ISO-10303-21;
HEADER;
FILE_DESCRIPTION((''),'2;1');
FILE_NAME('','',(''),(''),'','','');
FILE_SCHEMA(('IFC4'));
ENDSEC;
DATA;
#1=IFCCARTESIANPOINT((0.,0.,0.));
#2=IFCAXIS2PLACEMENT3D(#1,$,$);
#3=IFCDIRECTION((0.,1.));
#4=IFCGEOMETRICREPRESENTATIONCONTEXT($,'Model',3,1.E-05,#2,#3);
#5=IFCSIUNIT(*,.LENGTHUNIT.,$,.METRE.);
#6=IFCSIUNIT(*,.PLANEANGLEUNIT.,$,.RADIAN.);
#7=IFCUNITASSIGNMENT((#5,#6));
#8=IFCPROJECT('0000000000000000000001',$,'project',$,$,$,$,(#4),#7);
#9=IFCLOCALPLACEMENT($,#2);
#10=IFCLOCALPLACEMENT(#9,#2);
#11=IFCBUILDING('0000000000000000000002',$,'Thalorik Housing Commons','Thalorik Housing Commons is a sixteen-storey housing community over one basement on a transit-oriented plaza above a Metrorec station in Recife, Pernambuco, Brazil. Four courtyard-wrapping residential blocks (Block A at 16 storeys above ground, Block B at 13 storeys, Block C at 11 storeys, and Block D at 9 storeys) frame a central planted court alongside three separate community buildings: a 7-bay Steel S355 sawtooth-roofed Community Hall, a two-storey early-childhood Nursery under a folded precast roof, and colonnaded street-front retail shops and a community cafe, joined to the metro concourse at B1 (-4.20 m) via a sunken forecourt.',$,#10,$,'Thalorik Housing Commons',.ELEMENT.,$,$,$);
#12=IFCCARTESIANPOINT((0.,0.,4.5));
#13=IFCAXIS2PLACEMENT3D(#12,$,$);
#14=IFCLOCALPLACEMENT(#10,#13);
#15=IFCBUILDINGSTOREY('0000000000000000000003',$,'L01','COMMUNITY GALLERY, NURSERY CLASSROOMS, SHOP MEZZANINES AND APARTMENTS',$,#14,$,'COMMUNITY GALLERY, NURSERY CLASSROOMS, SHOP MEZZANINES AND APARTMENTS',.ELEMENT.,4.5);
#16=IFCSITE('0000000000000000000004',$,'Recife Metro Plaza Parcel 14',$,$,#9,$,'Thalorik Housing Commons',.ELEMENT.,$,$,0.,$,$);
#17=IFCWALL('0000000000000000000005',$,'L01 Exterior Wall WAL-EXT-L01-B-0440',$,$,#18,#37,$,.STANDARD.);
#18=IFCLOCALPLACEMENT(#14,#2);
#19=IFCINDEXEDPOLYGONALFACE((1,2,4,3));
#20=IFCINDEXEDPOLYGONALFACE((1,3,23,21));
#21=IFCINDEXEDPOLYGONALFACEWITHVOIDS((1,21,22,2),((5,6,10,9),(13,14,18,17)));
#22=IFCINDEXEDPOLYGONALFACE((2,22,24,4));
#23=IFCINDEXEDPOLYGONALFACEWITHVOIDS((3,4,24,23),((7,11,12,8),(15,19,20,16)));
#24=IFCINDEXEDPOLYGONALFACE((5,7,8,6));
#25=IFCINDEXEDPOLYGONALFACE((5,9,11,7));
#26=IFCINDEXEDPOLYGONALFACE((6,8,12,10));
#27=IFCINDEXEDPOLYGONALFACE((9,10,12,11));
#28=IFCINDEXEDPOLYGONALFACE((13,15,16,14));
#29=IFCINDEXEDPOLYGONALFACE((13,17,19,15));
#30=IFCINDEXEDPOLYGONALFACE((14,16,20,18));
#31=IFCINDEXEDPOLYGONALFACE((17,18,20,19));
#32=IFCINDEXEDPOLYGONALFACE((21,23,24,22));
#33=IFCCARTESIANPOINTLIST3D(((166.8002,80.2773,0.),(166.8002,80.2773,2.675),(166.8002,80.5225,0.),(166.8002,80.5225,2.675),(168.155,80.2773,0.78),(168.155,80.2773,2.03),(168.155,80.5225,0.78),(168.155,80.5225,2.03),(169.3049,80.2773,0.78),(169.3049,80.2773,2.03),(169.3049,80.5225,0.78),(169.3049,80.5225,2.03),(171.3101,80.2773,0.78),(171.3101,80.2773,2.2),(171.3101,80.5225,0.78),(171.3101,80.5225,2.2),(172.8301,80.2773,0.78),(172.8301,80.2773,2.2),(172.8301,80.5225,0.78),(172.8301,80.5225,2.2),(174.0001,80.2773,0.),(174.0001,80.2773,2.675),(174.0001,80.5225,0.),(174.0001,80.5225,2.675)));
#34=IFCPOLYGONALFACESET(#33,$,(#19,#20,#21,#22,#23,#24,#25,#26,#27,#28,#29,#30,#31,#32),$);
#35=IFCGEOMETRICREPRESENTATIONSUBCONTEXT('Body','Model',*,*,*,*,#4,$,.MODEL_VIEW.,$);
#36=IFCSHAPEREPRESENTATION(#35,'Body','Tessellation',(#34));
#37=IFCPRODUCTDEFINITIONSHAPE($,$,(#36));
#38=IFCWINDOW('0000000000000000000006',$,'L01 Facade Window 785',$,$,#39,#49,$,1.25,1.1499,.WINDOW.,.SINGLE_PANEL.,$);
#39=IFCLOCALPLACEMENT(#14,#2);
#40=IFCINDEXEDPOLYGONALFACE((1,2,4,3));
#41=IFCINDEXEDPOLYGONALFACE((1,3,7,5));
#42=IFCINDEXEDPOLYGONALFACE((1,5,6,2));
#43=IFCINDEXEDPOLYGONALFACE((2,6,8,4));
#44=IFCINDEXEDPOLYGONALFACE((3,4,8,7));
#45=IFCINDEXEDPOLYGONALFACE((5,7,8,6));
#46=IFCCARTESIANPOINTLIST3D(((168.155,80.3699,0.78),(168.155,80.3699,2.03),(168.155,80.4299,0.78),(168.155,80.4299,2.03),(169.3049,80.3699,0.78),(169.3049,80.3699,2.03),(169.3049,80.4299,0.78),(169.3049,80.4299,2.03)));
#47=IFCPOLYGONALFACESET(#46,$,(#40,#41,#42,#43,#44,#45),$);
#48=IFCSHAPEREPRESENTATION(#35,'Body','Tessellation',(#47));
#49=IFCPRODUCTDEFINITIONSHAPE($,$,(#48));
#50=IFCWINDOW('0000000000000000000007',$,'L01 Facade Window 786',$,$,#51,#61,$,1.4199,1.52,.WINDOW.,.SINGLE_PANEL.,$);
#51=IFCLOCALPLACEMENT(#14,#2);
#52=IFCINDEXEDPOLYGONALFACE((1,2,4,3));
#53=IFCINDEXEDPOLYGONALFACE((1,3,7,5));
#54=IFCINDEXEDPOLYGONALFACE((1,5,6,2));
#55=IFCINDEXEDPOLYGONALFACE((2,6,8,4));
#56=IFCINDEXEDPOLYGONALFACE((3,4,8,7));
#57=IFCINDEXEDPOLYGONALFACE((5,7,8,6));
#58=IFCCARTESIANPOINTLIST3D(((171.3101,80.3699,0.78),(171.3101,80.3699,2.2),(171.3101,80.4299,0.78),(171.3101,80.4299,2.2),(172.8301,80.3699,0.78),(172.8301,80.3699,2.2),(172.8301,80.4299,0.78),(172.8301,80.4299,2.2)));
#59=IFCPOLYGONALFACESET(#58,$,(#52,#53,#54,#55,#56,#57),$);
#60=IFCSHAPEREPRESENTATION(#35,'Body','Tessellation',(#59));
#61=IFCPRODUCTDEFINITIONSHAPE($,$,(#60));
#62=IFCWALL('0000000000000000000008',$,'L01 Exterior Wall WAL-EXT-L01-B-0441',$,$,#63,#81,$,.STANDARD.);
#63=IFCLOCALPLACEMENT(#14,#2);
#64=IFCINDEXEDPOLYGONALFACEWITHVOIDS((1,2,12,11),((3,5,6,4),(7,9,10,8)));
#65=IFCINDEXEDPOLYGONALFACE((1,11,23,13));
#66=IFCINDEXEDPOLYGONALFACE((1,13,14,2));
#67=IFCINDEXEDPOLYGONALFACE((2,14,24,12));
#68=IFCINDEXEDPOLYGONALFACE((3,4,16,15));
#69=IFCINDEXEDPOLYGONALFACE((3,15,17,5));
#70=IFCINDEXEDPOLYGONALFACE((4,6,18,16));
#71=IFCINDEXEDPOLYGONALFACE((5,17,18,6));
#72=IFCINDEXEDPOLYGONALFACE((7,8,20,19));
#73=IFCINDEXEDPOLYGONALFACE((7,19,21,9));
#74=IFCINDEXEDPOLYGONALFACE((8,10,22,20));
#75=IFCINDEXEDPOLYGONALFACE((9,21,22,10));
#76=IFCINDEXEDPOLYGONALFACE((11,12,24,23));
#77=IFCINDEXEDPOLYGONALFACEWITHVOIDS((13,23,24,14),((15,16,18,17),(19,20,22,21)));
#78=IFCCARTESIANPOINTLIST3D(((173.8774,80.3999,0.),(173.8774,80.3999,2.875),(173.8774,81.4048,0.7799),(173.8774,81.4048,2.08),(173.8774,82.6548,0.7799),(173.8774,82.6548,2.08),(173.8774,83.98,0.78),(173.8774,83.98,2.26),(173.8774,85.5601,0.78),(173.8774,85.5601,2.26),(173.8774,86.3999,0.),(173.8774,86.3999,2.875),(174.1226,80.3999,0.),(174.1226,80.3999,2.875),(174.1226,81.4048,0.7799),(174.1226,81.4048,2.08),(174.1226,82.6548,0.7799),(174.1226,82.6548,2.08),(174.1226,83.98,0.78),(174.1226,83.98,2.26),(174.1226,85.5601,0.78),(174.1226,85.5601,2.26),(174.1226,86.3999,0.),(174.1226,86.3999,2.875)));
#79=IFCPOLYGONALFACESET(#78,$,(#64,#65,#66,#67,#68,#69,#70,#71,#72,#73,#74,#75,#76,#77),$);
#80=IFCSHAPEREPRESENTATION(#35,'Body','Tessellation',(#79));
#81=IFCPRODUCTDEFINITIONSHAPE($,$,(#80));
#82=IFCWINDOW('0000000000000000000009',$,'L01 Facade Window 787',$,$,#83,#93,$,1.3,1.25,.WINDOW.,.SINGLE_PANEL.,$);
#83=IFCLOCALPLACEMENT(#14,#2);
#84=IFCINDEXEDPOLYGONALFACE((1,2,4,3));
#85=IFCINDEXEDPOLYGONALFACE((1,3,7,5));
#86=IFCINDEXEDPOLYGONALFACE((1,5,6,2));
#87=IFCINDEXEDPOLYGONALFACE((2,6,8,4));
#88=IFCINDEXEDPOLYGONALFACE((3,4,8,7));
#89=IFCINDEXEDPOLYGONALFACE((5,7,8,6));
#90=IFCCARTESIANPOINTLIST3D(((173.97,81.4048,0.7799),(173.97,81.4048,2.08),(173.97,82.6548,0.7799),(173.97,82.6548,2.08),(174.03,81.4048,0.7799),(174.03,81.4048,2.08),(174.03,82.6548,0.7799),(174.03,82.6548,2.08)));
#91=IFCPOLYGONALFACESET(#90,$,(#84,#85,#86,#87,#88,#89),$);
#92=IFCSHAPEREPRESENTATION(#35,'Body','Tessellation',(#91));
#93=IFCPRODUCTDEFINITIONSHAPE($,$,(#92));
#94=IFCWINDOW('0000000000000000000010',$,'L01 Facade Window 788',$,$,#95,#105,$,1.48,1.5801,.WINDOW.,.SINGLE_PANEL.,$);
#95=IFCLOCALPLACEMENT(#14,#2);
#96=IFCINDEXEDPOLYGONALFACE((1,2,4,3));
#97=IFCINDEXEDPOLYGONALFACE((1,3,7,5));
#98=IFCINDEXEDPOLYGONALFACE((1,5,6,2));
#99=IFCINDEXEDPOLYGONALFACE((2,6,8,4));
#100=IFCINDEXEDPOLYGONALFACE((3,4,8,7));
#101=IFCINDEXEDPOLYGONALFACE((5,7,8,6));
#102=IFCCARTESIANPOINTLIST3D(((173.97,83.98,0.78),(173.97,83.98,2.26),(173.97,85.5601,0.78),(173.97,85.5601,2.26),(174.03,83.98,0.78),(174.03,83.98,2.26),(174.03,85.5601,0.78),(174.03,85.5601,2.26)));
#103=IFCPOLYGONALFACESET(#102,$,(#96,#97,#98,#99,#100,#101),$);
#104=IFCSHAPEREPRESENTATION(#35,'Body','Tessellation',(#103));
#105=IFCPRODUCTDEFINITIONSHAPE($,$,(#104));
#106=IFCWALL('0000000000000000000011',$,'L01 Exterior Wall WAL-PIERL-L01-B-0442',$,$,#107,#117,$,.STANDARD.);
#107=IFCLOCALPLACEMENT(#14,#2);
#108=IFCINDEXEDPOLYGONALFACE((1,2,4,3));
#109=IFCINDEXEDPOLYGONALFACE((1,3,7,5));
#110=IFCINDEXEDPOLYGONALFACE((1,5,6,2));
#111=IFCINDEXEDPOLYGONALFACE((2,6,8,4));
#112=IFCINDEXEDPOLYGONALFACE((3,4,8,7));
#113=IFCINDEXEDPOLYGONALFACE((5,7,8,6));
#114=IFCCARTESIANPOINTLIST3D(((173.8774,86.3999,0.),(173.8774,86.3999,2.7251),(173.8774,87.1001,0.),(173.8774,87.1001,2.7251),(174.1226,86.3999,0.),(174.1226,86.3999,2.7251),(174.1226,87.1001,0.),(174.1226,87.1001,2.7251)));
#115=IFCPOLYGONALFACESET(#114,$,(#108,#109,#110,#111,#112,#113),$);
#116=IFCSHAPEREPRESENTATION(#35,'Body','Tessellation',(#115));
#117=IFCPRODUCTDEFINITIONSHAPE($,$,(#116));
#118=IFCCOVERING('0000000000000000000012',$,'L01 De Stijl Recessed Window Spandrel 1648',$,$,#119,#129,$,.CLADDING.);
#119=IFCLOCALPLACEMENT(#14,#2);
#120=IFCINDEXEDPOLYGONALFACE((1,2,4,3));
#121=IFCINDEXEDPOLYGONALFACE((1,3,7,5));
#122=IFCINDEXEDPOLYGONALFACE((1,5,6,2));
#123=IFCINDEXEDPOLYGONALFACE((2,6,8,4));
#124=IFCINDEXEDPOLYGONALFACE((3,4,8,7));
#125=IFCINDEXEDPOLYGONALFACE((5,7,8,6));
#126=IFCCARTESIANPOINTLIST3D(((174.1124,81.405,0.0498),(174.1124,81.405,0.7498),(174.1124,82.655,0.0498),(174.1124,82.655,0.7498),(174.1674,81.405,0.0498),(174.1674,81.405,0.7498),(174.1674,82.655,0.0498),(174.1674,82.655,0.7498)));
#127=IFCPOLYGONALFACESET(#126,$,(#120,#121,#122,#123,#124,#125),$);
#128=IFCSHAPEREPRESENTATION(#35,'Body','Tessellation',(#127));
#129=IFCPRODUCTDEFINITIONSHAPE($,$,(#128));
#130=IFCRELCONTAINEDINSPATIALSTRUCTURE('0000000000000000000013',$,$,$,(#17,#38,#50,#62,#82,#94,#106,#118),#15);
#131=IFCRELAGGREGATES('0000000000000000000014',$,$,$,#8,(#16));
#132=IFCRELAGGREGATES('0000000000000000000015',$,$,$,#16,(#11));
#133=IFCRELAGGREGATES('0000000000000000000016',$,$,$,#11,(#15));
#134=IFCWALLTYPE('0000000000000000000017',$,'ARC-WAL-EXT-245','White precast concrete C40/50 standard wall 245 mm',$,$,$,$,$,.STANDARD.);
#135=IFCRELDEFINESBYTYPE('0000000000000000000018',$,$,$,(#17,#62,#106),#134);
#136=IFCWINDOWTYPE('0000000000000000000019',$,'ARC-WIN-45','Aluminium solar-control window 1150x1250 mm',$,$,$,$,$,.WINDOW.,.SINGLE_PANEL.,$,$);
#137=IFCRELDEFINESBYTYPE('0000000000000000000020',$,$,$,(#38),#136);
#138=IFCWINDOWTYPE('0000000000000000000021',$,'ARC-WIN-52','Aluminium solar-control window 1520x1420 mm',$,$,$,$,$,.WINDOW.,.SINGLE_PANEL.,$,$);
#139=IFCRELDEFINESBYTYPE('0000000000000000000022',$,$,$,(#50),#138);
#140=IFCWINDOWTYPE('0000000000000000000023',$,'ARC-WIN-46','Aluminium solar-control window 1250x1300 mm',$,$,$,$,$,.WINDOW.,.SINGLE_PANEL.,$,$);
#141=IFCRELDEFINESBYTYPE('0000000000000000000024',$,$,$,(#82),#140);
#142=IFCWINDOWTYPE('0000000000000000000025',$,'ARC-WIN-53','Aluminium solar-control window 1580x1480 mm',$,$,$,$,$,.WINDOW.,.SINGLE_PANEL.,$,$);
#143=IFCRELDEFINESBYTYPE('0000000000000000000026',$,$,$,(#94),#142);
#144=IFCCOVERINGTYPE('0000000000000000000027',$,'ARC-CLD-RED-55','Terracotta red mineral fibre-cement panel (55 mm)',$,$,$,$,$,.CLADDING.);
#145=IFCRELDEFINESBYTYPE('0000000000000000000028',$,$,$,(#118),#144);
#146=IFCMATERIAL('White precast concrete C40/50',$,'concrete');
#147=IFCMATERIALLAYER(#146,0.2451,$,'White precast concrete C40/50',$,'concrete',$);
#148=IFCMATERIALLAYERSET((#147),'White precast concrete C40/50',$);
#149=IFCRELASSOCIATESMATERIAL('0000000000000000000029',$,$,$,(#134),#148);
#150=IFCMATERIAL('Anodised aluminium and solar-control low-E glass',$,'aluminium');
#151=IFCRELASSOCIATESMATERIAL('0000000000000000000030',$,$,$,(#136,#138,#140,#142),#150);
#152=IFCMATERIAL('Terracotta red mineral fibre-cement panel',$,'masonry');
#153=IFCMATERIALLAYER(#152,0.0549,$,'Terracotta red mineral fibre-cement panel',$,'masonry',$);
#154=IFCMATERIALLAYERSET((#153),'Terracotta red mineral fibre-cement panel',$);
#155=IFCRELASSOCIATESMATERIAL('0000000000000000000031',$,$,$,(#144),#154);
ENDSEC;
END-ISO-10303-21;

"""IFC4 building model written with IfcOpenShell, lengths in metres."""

from ifc_helpers import new_model, si_unit, direction, frame, frame_2d, origin, origin_2d, place, context, subcontext, project, spatial, rectangle, extrude, material, layer, layer_set, type_object, element, fill, save


model = new_model("IFC4")

# Units and contexts
model_context = context("Model", 3, precision=1e-05, world=origin(), true_north=direction((0.0, 1.0)))
body_context = subcontext(model_context, "Body", "Model", "MODEL_VIEW")
ifc_project = project(units=[si_unit("LENGTHUNIT", "METRE"), si_unit("PLANEANGLEUNIT", "RADIAN")], contexts=[model_context])

# Site, building, storey
site_placement = place(None, origin())
site = spatial("IfcSite", under=ifc_project, at=site_placement, Name="Recife Metro Plaza Parcel 14", LongName="Thalorik Housing Commons", CompositionType="ELEMENT", RefElevation=0.0)
building_placement = place(site_placement, origin())
building = spatial("IfcBuilding", under=site, at=building_placement, Name="Thalorik Housing Commons", Description="Thalorik Housing Commons is a sixteen-storey housing community over one basement on a transit-oriented plaza above a Metrorec station in Recife, Pernambuco, Brazil. Four courtyard-wrapping residential blocks (Block A at 16 storeys above ground, Block B at 13 storeys, Block C at 11 storeys, and Block D at 9 storeys) frame a central planted court alongside three separate community buildings: a 7-bay Steel S355 sawtooth-roofed Community Hall, a two-storey early-childhood Nursery under a folded precast roof, and colonnaded street-front retail shops and a community cafe, joined to the metro concourse at B1 (-4.20 m) via a sunken forecourt.", LongName="Thalorik Housing Commons", CompositionType="ELEMENT")
storey_placement = place(building_placement, frame((0.0, 0.0, 4.5)))
storey = spatial("IfcBuildingStorey", under=building, at=storey_placement, Name="L01", Description="COMMUNITY GALLERY, NURSERY CLASSROOMS, SHOP MEZZANINES AND APARTMENTS", LongName="COMMUNITY GALLERY, NURSERY CLASSROOMS, SHOP MEZZANINES AND APARTMENTS", CompositionType="ELEMENT", Elevation=4.5)

# Shared definitions
ifc_material_1 = material(Name="Anodised aluminium and solar-control low-E glass", Category="aluminium")

# Shared definitions
ifc_material_2 = material(Name="White precast concrete C40/50", Category="concrete")
ifc_layer_1 = layer(ifc_material_2, 0.2451, Name="White precast concrete C40/50", Category="concrete")
ifc_layer_set_1 = layer_set([ifc_layer_1], Name="White precast concrete C40/50")
wall_type = type_object("IfcWallType", Name="ARC-WAL-EXT-245", Description="White precast concrete C40/50 standard wall 245 mm", PredefinedType="STANDARD", material=ifc_layer_set_1)

# Walls, openings, windows
wall_1_placement = place(storey_placement, frame((166.8, 80.3999, 0.0), z_axis=(0.0, 0.0, 1.0), x_axis=(1.0, 0.0, 0.0)))
wall_1 = element("IfcWall", 1, at=wall_1_placement, inside=storey, type_object=wall_type, Name="L01 Exterior Wall WAL-EXT-L01-B-0440", PredefinedType="STANDARD", context=body_context, shape_type="SweptSolid", body=[
    extrude(rectangle(XDim=7.2, YDim=0.2451, at=frame_2d((3.6001, 0.0))), origin(), (0.0, 0.0, 1.0), 2.675),
])
opening_1_placement = place(wall_1_placement, frame((1.355, 0.0, 0.78)))
opening_1 = element("IfcOpeningElement", 2, at=opening_1_placement, cuts=wall_1, PredefinedType="OPENING", context=body_context, shape_type="SweptSolid", body=[
    extrude(rectangle(XDim=1.1499, YDim=1.25, at=frame_2d((0.575, 0.625))), frame((0.0, 0.1326, 0.0), z_axis=(0.0, -1.0, 0.0), x_axis=(1.0, 0.0, 0.0)), (0.0, 0.0, 1.0), 0.2651),
])
opening_2_placement = place(wall_1_placement, frame((4.51, 0.0, 0.78)))
opening_2 = element("IfcOpeningElement", 3, at=opening_2_placement, cuts=wall_1, PredefinedType="OPENING", context=body_context, shape_type="SweptSolid", body=[
    extrude(rectangle(XDim=1.52, YDim=1.4199, at=frame_2d((0.76, 0.71))), frame((0.0, 0.1326, 0.0), z_axis=(0.0, -1.0, 0.0), x_axis=(1.0, 0.0, 0.0)), (0.0, 0.0, 1.0), 0.2651),
])
window_type_1 = type_object("IfcWindowType", Name="ARC-WIN-45", Description="Aluminium solar-control window 1150x1250 mm", PartitioningType="SINGLE_PANEL", PredefinedType="WINDOW", material=ifc_material_1)
window_1_placement = place(opening_1_placement, origin())
window_1 = element("IfcWindow", 4, at=window_1_placement, inside=storey, type_object=window_type_1, Name="L01 Facade Window 785", OverallHeight=1.25, OverallWidth=1.1499, PartitioningType="SINGLE_PANEL", PredefinedType="WINDOW", context=body_context, shape_type="SweptSolid", body=[
    extrude(rectangle(XDim=1.1499, YDim=1.25, at=frame_2d((0.575, 0.625))), frame((0.0, 0.03, 0.0), z_axis=(0.0, -1.0, 0.0), x_axis=(1.0, 0.0, 0.0)), (0.0, 0.0, 1.0), 0.0601),
])
fill(opening_1, window_1)
window_type_2 = type_object("IfcWindowType", Name="ARC-WIN-52", Description="Aluminium solar-control window 1520x1420 mm", PartitioningType="SINGLE_PANEL", PredefinedType="WINDOW", material=ifc_material_1)
window_2_placement = place(opening_2_placement, origin())
window_2 = element("IfcWindow", 5, at=window_2_placement, inside=storey, type_object=window_type_2, Name="L01 Facade Window 786", OverallHeight=1.4199, OverallWidth=1.52, PartitioningType="SINGLE_PANEL", PredefinedType="WINDOW", context=body_context, shape_type="SweptSolid", body=[
    extrude(rectangle(XDim=1.52, YDim=1.4199, at=frame_2d((0.76, 0.71))), frame((0.0, 0.03, 0.0), z_axis=(0.0, -1.0, 0.0), x_axis=(1.0, 0.0, 0.0)), (0.0, 0.0, 1.0), 0.0601),
])
fill(opening_2, window_2)
wall_2_placement = place(storey_placement, frame((174.0, 80.3999, 0.0), z_axis=(0.0, 0.0, 1.0), x_axis=(0.0, 1.0, 0.0)))
wall_2 = element("IfcWall", 6, at=wall_2_placement, inside=storey, type_object=wall_type, Name="L01 Exterior Wall WAL-EXT-L01-B-0441", PredefinedType="STANDARD", context=body_context, shape_type="SweptSolid", body=[
    extrude(rectangle(XDim=6.0, YDim=0.2451, at=frame_2d((3.0, 0.0))), origin(), (0.0, 0.0, 1.0), 2.875),
])
opening_3_placement = place(wall_2_placement, frame((1.0049, 0.0, 0.78)))
opening_3 = element("IfcOpeningElement", 7, at=opening_3_placement, cuts=wall_2, PredefinedType="OPENING", context=body_context, shape_type="SweptSolid", body=[
    extrude(rectangle(XDim=1.25, YDim=1.3, at=frame_2d((0.625, 0.6499))), frame((0.0, 0.1326, 0.0), z_axis=(0.0, -1.0, 0.0), x_axis=(1.0, 0.0, 0.0)), (0.0, 0.0, 1.0), 0.2651),
])
opening_4_placement = place(wall_2_placement, frame((3.5801, 0.0, 0.78)))
opening_4 = element("IfcOpeningElement", 8, at=opening_4_placement, cuts=wall_2, PredefinedType="OPENING", context=body_context, shape_type="SweptSolid", body=[
    extrude(rectangle(XDim=1.5801, YDim=1.48, at=frame_2d((0.79, 0.74))), frame((0.0, 0.1326, 0.0), z_axis=(0.0, -1.0, 0.0), x_axis=(1.0, 0.0, 0.0)), (0.0, 0.0, 1.0), 0.2651),
])
window_type_3 = type_object("IfcWindowType", Name="ARC-WIN-46", Description="Aluminium solar-control window 1250x1300 mm", PartitioningType="SINGLE_PANEL", PredefinedType="WINDOW", material=ifc_material_1)
window_3_placement = place(opening_3_placement, origin())
window_3 = element("IfcWindow", 9, at=window_3_placement, inside=storey, type_object=window_type_3, Name="L01 Facade Window 787", OverallHeight=1.3, OverallWidth=1.25, PartitioningType="SINGLE_PANEL", PredefinedType="WINDOW", context=body_context, shape_type="SweptSolid", body=[
    extrude(rectangle(XDim=1.25, YDim=1.3, at=frame_2d((0.625, 0.6499))), frame((0.0, 0.03, 0.0), z_axis=(0.0, -1.0, 0.0), x_axis=(1.0, 0.0, 0.0)), (0.0, 0.0, 1.0), 0.0601),
])
fill(opening_3, window_3)
window_type_4 = type_object("IfcWindowType", Name="ARC-WIN-53", Description="Aluminium solar-control window 1580x1480 mm", PartitioningType="SINGLE_PANEL", PredefinedType="WINDOW", material=ifc_material_1)
window_4_placement = place(opening_4_placement, origin())
window_4 = element("IfcWindow", 10, at=window_4_placement, inside=storey, type_object=window_type_4, Name="L01 Facade Window 788", OverallHeight=1.48, OverallWidth=1.5801, PartitioningType="SINGLE_PANEL", PredefinedType="WINDOW", context=body_context, shape_type="SweptSolid", body=[
    extrude(rectangle(XDim=1.5801, YDim=1.48, at=frame_2d((0.79, 0.74))), frame((0.0, 0.03, 0.0), z_axis=(0.0, -1.0, 0.0), x_axis=(1.0, 0.0, 0.0)), (0.0, 0.0, 1.0), 0.0601),
])
fill(opening_4, window_4)

# Wall
wall_3_placement = place(storey_placement, frame((174.0, 86.3999, 0.0), z_axis=(0.0, 0.0, 1.0), x_axis=(0.0, 1.0, 0.0)))
element("IfcWall", 11, at=wall_3_placement, inside=storey, type_object=wall_type, Name="L01 Exterior Wall WAL-PIERL-L01-B-0442", PredefinedType="STANDARD", context=body_context, shape_type="SweptSolid", body=[
    extrude(rectangle(XDim=0.7002, YDim=0.2451, at=frame_2d((0.3501, 0.0))), origin(), (0.0, 0.0, 1.0), 2.7251),
])

# Covering
ifc_material_3 = material(Name="Terracotta red mineral fibre-cement panel", Category="masonry")
ifc_layer_2 = layer(ifc_material_3, 0.0549, Name="Terracotta red mineral fibre-cement panel", Category="masonry")
ifc_layer_set_2 = layer_set([ifc_layer_2], Name="Terracotta red mineral fibre-cement panel")
covering_type_1 = type_object("IfcCoveringType", Name="ARC-CLD-RED-55", Description="Terracotta red mineral fibre-cement panel (55 mm)", PredefinedType="CLADDING", material=ifc_layer_set_2)
covering_1_placement = place(storey_placement, frame((174.1399, 82.03, 0.0498), z_axis=(0.0, 0.0, 1.0), x_axis=(0.0, 1.0, 0.0)))
element("IfcCovering", 12, at=covering_1_placement, inside=storey, type_object=covering_type_1, Name="L01 De Stijl Recessed Window Spandrel 1648", PredefinedType="CLADDING", context=body_context, shape_type="SweptSolid", body=[
    extrude(rectangle(XDim=1.25, YDim=0.0549, at=origin_2d()), origin(), (0.0, 0.0, 1.0), 0.7),
])

save(model, "model.ifc")
